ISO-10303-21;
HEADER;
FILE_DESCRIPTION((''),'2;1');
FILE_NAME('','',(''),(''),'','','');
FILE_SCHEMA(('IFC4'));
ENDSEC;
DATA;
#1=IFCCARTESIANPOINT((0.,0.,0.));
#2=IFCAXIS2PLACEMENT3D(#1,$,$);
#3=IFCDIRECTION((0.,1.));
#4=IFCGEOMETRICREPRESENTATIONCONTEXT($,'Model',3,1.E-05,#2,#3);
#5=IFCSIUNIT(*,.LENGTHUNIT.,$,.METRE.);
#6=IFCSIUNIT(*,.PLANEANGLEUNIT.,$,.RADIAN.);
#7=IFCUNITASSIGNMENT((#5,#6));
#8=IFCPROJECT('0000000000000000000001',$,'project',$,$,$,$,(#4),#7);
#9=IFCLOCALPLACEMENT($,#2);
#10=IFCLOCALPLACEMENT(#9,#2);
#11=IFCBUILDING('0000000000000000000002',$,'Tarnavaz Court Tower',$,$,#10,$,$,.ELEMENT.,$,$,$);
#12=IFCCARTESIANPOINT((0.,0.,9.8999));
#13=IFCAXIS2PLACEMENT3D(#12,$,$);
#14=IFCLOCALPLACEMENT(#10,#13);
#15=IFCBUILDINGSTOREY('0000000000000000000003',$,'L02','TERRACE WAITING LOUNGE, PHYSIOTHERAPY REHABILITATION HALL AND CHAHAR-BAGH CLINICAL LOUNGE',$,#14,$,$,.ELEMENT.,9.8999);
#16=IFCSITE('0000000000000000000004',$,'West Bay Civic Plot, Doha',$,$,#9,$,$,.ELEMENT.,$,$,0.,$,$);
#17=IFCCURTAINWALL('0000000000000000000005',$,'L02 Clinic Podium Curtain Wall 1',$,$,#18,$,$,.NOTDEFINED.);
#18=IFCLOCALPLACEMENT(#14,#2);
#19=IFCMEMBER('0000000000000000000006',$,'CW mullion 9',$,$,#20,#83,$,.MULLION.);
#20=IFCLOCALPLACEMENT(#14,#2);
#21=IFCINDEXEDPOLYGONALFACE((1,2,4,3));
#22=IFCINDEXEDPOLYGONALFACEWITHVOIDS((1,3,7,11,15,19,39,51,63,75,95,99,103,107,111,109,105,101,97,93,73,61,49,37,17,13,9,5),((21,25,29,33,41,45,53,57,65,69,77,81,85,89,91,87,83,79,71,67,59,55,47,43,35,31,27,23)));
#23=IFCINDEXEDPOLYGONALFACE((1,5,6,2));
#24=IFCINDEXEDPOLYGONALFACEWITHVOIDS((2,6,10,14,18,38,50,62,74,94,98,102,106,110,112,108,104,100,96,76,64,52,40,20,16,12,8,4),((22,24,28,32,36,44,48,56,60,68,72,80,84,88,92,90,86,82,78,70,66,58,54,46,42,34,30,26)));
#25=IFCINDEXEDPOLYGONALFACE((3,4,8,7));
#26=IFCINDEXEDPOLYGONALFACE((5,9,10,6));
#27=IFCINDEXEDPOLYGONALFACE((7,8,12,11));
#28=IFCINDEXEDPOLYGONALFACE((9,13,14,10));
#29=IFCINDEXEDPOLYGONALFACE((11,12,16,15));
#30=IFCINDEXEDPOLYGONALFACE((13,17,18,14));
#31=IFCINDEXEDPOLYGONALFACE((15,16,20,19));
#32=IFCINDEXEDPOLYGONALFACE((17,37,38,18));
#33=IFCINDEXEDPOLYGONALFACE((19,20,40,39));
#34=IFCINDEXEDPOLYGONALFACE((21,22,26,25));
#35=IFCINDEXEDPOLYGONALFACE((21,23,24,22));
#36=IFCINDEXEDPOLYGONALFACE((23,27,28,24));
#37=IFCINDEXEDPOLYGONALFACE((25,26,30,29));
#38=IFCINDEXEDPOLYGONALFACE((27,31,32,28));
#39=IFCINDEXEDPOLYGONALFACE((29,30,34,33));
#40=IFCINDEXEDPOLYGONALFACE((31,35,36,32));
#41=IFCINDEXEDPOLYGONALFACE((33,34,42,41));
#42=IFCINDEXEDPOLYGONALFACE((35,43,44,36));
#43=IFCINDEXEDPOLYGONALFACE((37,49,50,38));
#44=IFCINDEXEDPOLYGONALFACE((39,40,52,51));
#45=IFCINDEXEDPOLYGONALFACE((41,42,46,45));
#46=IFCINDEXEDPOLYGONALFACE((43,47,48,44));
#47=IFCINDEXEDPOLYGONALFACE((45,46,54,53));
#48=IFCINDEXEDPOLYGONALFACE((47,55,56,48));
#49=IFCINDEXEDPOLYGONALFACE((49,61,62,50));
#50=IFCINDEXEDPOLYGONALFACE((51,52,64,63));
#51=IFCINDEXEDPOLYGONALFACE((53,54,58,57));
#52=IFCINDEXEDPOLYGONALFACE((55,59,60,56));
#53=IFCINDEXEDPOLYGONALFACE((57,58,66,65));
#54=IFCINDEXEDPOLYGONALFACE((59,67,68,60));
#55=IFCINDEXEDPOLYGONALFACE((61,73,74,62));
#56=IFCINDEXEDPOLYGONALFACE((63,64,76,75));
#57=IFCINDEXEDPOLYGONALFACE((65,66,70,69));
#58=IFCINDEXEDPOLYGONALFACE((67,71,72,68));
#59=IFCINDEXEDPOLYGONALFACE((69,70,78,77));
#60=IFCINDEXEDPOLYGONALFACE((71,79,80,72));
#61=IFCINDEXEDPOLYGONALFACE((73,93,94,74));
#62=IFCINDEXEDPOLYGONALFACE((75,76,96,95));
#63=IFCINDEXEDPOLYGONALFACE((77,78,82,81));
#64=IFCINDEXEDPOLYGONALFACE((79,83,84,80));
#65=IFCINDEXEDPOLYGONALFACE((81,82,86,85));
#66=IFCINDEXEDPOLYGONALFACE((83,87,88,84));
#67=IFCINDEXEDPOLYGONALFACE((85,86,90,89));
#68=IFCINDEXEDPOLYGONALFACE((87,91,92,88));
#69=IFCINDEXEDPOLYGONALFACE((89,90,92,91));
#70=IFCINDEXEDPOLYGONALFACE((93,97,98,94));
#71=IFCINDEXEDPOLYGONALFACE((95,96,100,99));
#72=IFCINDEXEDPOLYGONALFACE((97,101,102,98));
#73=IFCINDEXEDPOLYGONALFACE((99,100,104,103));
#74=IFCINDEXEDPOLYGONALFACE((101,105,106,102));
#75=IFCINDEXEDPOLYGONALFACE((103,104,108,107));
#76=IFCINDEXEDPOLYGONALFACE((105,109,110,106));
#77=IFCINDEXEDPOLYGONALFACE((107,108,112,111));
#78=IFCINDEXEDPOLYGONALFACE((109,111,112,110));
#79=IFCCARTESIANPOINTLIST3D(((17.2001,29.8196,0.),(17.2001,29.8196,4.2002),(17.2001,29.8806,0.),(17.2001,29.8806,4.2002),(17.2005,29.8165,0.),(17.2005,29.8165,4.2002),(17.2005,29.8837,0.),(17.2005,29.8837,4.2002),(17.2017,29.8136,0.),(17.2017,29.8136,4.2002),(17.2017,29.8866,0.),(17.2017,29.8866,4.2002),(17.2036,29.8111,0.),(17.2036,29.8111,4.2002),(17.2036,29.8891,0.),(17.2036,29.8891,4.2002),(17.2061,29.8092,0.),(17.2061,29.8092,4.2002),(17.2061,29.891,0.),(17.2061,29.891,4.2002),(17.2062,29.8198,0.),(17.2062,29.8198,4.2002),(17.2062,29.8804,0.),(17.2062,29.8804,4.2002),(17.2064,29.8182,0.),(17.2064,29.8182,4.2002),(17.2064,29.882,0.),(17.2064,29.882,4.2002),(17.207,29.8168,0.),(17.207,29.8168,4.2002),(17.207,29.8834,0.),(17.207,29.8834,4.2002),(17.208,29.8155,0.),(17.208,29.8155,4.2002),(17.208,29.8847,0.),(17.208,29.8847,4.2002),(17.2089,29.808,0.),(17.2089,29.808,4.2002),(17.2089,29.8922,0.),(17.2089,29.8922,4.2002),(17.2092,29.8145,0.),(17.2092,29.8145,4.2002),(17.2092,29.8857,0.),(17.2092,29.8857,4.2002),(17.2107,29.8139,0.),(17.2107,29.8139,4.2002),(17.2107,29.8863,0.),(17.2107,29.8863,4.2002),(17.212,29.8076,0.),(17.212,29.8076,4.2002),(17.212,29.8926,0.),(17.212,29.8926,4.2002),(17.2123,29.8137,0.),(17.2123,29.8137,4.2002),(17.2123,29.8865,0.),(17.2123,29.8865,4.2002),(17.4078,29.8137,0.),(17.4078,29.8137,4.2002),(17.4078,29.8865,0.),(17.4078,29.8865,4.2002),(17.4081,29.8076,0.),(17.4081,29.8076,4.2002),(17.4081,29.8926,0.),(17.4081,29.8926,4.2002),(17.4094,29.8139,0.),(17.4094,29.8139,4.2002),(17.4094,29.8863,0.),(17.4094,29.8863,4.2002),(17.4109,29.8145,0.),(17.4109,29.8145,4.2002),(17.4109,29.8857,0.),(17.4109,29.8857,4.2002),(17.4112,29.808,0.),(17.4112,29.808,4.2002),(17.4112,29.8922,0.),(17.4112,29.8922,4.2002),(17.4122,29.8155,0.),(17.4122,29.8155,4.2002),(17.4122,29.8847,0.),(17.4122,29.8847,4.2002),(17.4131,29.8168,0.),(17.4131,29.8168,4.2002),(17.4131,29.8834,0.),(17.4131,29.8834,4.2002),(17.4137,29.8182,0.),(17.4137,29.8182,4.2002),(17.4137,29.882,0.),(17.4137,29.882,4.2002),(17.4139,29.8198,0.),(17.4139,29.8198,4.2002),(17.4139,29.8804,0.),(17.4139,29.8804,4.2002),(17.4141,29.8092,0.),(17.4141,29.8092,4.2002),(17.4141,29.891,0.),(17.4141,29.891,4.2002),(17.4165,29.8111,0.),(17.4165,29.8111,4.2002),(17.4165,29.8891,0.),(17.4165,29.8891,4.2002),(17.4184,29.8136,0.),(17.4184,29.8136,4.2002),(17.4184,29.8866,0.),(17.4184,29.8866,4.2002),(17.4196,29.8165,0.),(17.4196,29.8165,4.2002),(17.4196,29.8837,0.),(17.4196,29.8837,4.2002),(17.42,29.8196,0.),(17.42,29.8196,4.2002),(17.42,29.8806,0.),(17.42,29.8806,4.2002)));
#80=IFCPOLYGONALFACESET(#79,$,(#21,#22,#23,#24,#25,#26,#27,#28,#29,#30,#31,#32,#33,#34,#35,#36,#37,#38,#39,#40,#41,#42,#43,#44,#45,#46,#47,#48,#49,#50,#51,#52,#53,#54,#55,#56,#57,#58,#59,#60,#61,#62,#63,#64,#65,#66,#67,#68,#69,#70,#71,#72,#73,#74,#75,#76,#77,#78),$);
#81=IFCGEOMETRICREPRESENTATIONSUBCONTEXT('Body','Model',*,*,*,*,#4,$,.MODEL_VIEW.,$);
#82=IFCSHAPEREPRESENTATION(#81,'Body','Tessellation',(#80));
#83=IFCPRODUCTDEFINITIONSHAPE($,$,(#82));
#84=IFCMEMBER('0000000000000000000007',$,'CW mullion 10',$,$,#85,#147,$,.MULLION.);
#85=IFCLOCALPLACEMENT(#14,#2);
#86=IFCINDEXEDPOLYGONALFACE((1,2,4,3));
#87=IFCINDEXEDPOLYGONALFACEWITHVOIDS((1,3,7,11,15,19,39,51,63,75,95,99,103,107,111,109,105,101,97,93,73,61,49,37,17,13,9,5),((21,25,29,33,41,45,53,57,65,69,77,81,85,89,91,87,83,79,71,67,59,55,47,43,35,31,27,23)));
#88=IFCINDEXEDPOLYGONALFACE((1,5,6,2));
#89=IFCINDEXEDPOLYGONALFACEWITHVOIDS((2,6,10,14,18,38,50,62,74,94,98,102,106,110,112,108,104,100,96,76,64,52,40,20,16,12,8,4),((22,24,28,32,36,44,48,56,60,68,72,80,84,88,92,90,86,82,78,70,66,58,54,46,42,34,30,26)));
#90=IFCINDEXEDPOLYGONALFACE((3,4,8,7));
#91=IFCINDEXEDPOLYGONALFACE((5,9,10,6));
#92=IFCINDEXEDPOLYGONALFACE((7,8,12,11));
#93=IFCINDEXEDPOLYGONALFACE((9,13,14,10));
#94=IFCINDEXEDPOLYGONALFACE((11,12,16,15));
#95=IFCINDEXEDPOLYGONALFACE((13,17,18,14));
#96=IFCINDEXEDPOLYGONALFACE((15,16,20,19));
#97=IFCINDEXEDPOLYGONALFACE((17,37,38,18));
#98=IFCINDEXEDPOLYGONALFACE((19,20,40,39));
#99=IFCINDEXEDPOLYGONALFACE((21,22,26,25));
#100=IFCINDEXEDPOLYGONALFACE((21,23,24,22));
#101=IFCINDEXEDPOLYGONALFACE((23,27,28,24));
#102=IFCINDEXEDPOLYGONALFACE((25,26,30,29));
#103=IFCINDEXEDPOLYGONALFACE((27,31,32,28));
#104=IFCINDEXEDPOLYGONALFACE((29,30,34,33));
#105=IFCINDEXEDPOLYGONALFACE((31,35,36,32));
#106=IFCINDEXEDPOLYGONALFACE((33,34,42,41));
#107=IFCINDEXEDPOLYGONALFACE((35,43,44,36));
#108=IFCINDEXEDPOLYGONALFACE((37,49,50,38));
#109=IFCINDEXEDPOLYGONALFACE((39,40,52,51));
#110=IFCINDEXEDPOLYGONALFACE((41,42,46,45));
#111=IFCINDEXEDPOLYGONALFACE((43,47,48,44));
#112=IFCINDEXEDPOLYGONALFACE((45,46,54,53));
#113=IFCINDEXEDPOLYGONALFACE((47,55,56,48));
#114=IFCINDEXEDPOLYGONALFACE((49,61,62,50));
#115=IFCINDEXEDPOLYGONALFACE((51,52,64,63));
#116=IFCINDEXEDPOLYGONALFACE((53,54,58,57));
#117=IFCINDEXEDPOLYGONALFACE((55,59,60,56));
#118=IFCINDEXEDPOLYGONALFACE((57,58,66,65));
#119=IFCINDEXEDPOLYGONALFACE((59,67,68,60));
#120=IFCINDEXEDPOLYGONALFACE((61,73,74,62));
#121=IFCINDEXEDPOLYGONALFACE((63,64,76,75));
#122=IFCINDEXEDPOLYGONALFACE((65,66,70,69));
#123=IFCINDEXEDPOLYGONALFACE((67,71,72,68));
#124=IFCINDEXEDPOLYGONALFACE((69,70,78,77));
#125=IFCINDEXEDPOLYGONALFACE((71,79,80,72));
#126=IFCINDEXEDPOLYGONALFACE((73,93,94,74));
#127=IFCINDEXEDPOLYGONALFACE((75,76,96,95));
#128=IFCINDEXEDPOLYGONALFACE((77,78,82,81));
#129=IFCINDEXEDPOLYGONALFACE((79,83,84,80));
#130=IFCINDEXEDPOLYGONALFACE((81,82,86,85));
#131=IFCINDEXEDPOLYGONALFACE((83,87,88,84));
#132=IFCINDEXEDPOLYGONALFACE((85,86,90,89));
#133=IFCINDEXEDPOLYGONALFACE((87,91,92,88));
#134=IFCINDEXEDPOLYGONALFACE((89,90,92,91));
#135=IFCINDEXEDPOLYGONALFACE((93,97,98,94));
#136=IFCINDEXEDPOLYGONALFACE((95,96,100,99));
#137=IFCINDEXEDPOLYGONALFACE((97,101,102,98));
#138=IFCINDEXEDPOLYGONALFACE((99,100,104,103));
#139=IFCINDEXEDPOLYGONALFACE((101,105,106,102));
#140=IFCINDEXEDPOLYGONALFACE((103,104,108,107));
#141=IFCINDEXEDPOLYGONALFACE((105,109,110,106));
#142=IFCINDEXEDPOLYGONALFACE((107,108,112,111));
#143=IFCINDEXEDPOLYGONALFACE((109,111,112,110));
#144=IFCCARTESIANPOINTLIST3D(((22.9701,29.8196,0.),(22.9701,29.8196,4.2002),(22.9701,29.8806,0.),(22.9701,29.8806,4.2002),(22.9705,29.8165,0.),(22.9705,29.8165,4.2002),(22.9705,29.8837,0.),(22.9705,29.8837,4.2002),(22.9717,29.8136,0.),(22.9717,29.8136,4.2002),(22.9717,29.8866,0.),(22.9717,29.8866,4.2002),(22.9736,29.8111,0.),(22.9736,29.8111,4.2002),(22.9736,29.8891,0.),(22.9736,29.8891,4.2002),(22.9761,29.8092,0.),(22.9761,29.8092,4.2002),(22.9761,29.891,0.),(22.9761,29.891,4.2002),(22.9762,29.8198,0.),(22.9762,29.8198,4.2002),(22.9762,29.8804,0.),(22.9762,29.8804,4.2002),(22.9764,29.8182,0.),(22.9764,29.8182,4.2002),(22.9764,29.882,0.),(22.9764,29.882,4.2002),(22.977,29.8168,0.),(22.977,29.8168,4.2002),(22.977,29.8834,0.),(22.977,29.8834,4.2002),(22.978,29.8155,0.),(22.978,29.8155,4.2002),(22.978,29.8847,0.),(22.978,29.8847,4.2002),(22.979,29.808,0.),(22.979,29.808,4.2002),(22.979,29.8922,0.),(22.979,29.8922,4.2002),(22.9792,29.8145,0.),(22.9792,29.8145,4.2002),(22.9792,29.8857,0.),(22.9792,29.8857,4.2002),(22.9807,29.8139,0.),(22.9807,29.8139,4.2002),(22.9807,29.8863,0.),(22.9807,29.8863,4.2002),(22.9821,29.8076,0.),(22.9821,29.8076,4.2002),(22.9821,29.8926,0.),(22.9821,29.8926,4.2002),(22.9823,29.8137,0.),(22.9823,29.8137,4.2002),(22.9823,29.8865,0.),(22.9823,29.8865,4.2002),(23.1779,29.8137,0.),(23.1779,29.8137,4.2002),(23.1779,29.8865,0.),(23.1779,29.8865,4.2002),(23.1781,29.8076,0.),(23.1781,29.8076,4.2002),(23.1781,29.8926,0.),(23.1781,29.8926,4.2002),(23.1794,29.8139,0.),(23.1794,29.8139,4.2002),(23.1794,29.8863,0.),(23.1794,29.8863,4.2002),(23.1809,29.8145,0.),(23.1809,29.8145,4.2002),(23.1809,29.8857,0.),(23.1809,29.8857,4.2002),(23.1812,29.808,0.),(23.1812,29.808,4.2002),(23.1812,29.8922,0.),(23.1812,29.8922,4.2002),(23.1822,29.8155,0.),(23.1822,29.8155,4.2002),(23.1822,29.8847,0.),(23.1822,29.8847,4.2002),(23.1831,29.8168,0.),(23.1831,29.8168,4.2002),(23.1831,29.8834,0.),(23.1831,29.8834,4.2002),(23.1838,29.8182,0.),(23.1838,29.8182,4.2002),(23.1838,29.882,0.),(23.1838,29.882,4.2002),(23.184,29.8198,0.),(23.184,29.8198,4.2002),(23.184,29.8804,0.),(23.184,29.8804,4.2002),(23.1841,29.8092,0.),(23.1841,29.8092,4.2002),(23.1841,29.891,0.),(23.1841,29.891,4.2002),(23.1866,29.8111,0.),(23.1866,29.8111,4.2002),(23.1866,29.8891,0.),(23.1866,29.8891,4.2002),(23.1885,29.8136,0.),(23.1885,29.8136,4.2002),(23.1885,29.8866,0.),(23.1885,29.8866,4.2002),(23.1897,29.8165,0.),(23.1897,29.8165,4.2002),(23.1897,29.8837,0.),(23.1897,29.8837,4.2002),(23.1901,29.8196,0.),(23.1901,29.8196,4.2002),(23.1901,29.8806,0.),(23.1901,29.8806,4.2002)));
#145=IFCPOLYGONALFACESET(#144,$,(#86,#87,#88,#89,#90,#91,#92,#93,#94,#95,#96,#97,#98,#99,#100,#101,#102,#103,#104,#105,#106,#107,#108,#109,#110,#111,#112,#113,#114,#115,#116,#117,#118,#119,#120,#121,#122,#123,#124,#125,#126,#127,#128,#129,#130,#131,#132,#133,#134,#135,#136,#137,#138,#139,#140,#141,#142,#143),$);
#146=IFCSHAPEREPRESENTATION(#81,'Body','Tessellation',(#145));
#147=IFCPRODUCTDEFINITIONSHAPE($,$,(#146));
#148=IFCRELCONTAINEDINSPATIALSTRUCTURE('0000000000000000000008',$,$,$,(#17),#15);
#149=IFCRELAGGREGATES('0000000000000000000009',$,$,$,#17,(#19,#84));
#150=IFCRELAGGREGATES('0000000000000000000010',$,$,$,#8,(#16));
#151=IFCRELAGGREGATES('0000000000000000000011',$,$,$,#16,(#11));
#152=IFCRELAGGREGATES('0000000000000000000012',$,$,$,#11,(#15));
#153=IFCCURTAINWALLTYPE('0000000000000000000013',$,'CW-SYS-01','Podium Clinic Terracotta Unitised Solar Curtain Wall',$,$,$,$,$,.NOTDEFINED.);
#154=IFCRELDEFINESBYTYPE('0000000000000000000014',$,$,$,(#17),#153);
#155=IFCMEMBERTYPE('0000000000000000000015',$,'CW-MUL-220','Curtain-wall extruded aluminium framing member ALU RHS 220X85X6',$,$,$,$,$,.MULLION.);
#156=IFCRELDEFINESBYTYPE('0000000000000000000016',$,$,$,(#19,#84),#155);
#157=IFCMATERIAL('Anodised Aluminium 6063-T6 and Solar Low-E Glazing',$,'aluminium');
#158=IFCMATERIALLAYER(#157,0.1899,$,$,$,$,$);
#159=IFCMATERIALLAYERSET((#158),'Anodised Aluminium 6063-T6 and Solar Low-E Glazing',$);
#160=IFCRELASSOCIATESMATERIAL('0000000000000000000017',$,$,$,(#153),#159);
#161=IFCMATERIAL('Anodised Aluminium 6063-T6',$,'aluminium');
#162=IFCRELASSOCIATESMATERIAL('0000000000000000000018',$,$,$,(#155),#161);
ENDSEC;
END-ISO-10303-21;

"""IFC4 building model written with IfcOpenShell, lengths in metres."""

from ifc_helpers import new_model, si_unit, direction, frame, origin, origin_2d, place, context, subcontext, project, spatial, hollow_rectangle, extrude, material, layer, layer_set, material_profile, profile_set, type_object, element, aggregate, save


model = new_model("IFC4")

# Units and contexts
model_context = context("Model", 3, precision=1e-05, world=origin(), true_north=direction((0.0, 1.0)))
body_context = subcontext(model_context, "Body", "Model", "MODEL_VIEW")
ifc_project = project(units=[si_unit("LENGTHUNIT", "METRE"), si_unit("PLANEANGLEUNIT", "RADIAN")], contexts=[model_context])

# Site, building, storey
site_placement = place(None, origin())
site = spatial("IfcSite", under=ifc_project, at=site_placement, Name="West Bay Civic Plot, Doha", CompositionType="ELEMENT", RefElevation=0.0)
building_placement = place(site_placement, origin())
building = spatial("IfcBuilding", under=site, at=building_placement, Name="Tarnavaz Court Tower", CompositionType="ELEMENT")
storey_placement = place(building_placement, frame((0.0, 0.0, 9.8999)))
storey = spatial("IfcBuildingStorey", under=building, at=storey_placement, Name="L02", Description="TERRACE WAITING LOUNGE, PHYSIOTHERAPY REHABILITATION HALL AND CHAHAR-BAGH CLINICAL LOUNGE", CompositionType="ELEMENT", Elevation=9.8999)

# Curtain wall, members
ifc_material_1 = material(Name="Anodised Aluminium 6063-T6 and Solar Low-E Glazing", Category="aluminium")
ifc_layer_1 = layer(ifc_material_1, 0.1899)
ifc_layer_set_1 = layer_set([ifc_layer_1], Name="Anodised Aluminium 6063-T6 and Solar Low-E Glazing")
curtain_wall_type = type_object("IfcCurtainWallType", Name="CW-SYS-01", Description="Podium Clinic Terracotta Unitised Solar Curtain Wall", PredefinedType="NOTDEFINED", material=ifc_layer_set_1)
curtain_wall_placement = place(storey_placement, origin())
curtain_wall = element("IfcCurtainWall", 1, at=curtain_wall_placement, inside=storey, type_object=curtain_wall_type, Name="L02 Clinic Podium Curtain Wall 1", PredefinedType="NOTDEFINED")
ifc_material_2 = material(Name="Anodised Aluminium 6063-T6", Category="aluminium")
ifc_material_profile_1 = material_profile(ifc_material_2, hollow_rectangle(XDim=0.085, YDim=0.22, WallThickness=0.0061, InnerFilletRadius=0.0061, OuterFilletRadius=0.012, at=origin_2d()), Name="ALU RHS 220X85X6")
ifc_profile_set_1 = profile_set([ifc_material_profile_1], Name="Anodised Aluminium 6063-T6")
member_type_1 = type_object("IfcMemberType", Name="CW-MUL-220", Description="Curtain-wall extruded aluminium framing member ALU RHS 220X85X6", PredefinedType="MULLION", material=ifc_profile_set_1)
member_1_placement = place(storey_placement, frame((17.3101, 29.8501, 0.0), z_axis=(0.0, 0.0, 1.0), x_axis=(0.0, 1.0, 0.0)))
member_1 = element("IfcMember", 2, at=member_1_placement, type_object=member_type_1, Name="CW mullion 9", PredefinedType="MULLION", context=body_context, shape_type="SweptSolid", body=[
    extrude(hollow_rectangle(XDim=0.085, YDim=0.22, WallThickness=0.0061, InnerFilletRadius=0.0061, OuterFilletRadius=0.012, at=origin_2d()), origin(), (0.0, 0.0, 1.0), 4.2002),
])
member_2_placement = place(storey_placement, frame((23.0801, 29.8501, 0.0), z_axis=(0.0, 0.0, 1.0), x_axis=(0.0, 1.0, 0.0)))
member_2 = element("IfcMember", 3, at=member_2_placement, type_object=member_type_1, Name="CW mullion 10", PredefinedType="MULLION", context=body_context, shape_type="SweptSolid", body=[
    extrude(hollow_rectangle(XDim=0.085, YDim=0.22, WallThickness=0.0061, InnerFilletRadius=0.0061, OuterFilletRadius=0.012, at=origin_2d()), origin(), (0.0, 0.0, 1.0), 4.2002),
])
aggregate(curtain_wall, [member_1, member_2])

save(model, "model.ifc")
